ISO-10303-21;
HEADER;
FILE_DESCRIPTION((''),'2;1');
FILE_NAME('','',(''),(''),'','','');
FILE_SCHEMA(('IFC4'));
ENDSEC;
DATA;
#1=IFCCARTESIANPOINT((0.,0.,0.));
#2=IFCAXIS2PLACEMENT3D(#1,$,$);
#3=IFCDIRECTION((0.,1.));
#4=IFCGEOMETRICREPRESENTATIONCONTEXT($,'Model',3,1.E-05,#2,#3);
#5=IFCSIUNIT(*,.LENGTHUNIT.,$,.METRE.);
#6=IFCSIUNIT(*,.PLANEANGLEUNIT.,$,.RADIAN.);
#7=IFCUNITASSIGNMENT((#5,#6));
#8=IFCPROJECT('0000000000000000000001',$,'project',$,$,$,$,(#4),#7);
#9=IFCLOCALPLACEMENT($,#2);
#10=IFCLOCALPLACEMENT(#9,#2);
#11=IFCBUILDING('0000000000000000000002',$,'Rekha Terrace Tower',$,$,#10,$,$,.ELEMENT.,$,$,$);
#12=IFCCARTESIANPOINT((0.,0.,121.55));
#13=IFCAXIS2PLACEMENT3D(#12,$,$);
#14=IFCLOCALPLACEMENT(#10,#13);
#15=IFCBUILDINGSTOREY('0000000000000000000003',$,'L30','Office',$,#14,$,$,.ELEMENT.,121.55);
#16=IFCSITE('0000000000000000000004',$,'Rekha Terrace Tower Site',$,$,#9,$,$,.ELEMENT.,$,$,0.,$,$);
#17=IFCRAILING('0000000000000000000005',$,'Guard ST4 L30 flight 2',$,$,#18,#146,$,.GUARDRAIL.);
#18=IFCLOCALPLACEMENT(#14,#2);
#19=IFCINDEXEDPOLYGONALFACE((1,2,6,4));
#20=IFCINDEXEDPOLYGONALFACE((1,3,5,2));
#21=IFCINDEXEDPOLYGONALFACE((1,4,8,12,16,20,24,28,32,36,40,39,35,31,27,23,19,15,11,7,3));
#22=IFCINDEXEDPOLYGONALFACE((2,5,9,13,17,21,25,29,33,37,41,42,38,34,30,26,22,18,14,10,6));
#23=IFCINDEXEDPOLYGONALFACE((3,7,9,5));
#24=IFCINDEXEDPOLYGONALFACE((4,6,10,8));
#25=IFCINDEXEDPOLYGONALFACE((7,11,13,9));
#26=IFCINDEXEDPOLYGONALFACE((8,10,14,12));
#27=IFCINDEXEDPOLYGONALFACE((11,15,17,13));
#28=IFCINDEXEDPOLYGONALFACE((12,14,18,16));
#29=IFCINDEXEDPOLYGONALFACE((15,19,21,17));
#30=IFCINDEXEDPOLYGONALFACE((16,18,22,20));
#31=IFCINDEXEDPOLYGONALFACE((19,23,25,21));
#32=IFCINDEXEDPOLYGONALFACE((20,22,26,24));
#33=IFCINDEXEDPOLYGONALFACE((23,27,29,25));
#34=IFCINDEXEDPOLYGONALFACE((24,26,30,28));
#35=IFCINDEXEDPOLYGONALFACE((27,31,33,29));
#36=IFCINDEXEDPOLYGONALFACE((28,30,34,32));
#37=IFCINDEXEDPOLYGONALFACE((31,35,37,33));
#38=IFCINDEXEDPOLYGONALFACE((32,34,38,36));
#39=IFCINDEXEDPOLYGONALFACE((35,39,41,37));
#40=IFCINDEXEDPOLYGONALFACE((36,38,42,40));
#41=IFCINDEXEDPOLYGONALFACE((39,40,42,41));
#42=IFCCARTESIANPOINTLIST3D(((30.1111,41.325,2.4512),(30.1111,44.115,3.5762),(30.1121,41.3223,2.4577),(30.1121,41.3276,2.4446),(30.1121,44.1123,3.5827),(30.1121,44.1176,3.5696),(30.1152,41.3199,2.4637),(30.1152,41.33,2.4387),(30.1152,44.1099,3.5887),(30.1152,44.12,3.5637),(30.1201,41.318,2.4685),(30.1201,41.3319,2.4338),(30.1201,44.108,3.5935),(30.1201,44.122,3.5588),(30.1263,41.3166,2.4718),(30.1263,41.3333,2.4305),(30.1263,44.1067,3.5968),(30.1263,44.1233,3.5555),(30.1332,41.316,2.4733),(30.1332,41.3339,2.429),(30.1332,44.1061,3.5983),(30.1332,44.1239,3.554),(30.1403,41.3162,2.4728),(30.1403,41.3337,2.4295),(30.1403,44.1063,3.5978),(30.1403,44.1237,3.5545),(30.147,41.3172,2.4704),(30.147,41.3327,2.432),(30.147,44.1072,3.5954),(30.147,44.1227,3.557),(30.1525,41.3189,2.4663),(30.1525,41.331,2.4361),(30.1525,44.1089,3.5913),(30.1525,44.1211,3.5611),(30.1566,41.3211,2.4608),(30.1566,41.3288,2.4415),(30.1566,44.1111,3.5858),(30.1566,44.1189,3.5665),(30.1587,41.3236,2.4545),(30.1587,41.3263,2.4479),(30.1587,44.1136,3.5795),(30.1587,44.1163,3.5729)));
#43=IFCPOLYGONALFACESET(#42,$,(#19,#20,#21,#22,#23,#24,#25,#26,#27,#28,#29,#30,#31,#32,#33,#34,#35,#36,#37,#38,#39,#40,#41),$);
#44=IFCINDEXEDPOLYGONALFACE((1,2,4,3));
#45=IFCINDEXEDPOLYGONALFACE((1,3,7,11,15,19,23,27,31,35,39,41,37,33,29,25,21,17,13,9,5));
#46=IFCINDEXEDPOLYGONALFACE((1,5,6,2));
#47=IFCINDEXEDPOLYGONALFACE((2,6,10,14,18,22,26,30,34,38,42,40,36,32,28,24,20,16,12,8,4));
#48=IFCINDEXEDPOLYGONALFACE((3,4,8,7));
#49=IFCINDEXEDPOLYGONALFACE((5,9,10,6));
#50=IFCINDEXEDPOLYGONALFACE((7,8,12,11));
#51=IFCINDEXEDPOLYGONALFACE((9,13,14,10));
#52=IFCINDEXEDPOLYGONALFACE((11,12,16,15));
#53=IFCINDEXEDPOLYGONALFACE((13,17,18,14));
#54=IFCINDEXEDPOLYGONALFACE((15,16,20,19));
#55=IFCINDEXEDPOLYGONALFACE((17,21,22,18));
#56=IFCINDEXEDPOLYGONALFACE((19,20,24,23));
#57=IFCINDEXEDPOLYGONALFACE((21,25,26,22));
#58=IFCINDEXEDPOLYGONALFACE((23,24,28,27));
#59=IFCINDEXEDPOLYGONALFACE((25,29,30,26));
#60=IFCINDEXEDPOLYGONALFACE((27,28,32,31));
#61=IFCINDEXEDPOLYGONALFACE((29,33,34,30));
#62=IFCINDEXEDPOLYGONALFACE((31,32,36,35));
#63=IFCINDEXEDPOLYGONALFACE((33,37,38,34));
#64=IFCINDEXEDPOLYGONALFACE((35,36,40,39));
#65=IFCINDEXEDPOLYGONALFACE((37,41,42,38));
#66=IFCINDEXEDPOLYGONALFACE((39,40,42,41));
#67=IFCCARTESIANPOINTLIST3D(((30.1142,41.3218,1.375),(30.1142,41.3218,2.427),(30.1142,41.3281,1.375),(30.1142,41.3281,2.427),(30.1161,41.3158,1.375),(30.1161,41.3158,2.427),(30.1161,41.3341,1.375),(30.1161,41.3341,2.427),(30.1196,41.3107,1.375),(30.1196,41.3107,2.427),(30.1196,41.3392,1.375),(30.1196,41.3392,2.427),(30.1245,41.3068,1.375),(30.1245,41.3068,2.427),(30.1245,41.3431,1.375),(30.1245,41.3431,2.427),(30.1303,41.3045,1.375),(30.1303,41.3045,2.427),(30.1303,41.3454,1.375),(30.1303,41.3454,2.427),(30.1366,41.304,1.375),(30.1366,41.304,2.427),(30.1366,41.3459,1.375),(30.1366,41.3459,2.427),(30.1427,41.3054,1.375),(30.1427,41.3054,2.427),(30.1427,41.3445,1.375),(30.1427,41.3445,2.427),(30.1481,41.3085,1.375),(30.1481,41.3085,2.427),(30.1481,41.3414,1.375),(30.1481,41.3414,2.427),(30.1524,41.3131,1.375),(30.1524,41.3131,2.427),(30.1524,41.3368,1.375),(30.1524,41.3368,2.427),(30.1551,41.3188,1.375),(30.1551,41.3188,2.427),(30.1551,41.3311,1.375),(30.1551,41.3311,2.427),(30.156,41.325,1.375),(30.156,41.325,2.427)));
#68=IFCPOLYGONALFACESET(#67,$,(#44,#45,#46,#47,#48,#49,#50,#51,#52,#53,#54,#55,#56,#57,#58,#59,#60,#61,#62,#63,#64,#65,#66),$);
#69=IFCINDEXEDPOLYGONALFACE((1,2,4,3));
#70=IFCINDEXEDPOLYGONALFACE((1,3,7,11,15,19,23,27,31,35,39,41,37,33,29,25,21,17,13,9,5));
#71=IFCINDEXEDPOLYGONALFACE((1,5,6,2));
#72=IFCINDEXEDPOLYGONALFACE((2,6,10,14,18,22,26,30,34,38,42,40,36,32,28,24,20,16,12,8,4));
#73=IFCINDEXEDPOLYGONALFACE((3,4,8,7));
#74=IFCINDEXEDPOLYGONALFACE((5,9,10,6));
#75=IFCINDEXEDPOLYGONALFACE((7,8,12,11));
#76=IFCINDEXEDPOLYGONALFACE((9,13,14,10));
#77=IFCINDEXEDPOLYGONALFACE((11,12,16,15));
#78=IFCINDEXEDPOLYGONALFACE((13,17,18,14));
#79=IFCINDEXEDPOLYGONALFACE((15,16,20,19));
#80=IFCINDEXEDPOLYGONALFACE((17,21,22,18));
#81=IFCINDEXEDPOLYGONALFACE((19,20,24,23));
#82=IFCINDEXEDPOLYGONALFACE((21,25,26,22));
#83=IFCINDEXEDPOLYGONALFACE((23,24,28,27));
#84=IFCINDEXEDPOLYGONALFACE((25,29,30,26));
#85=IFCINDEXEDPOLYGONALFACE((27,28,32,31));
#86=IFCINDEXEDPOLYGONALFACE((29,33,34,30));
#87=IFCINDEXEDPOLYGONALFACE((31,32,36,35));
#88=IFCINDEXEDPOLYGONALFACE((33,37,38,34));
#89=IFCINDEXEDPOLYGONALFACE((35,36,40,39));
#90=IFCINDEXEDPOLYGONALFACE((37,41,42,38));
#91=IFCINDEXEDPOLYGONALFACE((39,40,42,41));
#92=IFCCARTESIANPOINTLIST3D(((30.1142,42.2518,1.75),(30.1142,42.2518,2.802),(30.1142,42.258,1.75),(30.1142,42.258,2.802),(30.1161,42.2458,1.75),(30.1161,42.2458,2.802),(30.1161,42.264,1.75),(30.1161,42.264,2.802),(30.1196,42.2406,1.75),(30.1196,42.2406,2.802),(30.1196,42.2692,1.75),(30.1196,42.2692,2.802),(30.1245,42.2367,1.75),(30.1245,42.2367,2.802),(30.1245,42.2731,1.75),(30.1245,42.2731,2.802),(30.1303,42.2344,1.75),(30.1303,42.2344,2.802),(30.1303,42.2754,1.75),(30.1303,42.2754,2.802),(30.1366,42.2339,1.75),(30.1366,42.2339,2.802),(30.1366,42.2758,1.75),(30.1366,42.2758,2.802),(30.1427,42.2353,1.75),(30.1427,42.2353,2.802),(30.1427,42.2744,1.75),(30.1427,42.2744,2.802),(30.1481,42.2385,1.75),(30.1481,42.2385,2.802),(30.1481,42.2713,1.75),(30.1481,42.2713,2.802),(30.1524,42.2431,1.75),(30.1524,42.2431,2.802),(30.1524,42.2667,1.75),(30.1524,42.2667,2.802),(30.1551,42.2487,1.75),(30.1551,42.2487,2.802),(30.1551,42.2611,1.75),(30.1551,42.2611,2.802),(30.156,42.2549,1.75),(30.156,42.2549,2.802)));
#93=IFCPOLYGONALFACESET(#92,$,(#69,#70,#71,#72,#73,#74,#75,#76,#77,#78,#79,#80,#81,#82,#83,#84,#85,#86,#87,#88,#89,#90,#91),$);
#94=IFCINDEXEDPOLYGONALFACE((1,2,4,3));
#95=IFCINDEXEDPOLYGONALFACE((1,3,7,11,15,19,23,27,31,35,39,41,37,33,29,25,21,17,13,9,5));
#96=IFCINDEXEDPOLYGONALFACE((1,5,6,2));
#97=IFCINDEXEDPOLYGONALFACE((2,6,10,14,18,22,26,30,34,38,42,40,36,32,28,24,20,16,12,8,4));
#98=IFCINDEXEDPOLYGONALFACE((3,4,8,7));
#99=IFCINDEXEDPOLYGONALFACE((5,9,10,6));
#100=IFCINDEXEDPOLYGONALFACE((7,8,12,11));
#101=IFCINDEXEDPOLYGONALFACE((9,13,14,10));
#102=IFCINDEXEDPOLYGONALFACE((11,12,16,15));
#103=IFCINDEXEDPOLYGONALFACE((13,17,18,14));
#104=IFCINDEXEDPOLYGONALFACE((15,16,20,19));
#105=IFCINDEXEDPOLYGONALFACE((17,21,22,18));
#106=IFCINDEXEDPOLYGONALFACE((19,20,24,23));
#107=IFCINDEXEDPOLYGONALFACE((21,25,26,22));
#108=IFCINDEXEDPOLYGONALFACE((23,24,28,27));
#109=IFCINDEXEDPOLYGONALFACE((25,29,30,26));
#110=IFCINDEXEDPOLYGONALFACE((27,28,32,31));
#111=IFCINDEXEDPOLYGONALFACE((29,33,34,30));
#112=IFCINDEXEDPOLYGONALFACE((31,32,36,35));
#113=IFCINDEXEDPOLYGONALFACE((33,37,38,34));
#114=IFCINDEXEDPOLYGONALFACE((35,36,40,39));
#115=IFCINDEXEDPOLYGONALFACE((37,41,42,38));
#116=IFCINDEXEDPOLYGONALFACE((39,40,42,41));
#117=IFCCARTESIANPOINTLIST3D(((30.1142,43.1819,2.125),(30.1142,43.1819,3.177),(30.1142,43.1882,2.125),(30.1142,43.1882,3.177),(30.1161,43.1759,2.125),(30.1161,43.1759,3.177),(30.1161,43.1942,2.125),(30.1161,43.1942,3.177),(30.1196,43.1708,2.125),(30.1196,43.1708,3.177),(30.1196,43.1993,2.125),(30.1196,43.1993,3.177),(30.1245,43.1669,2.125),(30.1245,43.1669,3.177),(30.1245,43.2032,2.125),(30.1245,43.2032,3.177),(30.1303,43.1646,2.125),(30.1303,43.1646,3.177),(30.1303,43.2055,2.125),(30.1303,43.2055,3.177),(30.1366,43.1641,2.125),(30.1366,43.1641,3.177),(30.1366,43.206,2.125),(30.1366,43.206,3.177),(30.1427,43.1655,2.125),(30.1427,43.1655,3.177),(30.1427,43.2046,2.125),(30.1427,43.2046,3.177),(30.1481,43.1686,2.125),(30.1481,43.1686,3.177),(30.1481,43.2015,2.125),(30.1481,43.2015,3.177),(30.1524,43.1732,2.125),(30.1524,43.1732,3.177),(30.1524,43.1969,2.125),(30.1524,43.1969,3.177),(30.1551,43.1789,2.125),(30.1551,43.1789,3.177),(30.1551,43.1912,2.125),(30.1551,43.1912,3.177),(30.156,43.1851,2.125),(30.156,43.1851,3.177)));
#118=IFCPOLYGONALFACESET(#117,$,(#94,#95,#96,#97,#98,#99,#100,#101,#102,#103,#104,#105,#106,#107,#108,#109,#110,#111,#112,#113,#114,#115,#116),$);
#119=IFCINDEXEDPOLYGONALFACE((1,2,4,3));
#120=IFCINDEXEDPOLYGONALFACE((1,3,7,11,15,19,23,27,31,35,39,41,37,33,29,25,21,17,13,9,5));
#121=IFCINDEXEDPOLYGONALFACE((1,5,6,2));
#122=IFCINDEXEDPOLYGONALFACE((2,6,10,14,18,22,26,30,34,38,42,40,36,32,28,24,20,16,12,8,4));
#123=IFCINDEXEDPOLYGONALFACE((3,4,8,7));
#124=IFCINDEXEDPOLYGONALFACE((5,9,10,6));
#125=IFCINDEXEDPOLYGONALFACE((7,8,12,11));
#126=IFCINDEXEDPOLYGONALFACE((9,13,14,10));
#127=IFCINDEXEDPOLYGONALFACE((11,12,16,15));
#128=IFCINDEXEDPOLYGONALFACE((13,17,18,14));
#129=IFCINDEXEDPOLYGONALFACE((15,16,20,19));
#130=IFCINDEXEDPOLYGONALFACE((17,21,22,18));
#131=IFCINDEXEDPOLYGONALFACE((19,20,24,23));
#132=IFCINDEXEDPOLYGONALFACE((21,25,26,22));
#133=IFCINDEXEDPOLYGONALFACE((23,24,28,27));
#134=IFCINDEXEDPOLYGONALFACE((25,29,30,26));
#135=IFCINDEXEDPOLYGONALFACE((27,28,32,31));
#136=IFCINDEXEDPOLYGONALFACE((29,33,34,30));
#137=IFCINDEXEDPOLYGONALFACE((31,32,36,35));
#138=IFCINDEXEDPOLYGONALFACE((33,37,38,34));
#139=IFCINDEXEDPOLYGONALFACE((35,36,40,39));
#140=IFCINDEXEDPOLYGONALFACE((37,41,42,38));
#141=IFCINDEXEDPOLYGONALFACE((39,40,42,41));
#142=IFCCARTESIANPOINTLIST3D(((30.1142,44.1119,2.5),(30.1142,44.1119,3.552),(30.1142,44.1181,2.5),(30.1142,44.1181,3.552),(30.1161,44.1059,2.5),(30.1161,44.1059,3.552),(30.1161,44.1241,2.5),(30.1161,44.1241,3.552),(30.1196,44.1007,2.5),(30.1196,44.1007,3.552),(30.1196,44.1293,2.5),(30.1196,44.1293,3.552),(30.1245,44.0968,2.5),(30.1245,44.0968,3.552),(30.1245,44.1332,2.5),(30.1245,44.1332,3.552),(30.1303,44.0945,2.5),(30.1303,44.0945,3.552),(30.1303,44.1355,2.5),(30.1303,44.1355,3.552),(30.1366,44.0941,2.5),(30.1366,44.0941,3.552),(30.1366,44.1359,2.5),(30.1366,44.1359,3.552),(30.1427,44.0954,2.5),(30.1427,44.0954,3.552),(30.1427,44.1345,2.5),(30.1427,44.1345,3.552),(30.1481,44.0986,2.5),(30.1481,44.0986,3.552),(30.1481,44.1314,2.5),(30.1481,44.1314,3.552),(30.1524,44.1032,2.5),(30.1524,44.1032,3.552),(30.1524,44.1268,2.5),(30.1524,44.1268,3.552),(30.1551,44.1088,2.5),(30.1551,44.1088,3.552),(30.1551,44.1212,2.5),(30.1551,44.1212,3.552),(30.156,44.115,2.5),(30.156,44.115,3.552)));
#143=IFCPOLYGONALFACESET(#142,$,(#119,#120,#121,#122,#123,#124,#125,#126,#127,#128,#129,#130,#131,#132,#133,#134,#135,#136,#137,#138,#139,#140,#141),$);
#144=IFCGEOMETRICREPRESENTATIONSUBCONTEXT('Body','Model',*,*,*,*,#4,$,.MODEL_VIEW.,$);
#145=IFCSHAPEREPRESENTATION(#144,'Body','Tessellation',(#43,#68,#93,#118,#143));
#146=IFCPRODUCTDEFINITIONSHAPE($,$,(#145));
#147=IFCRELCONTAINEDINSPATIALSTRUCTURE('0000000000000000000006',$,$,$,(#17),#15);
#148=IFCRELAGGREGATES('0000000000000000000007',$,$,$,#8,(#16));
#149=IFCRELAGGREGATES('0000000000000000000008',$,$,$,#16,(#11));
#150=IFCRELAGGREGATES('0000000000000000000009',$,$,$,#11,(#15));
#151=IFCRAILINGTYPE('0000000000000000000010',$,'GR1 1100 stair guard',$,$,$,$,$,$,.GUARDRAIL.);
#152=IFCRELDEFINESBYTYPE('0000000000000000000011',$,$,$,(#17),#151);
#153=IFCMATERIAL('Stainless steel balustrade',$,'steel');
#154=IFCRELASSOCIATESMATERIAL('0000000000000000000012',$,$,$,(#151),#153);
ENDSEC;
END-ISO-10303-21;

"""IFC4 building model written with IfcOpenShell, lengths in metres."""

from ifc_helpers import new_model, si_unit, direction, frame, origin, origin_2d, place, context, subcontext, project, spatial, circle, extrude, material, type_object, element, save


model = new_model("IFC4")

# Units and contexts
model_context = context("Model", 3, precision=1e-05, world=origin(), true_north=direction((0.0, 1.0)))
body_context = subcontext(model_context, "Body", "Model", "MODEL_VIEW")
ifc_project = project(units=[si_unit("LENGTHUNIT", "METRE"), si_unit("PLANEANGLEUNIT", "RADIAN")], contexts=[model_context])

# Site, building, storey
site_placement = place(None, origin())
site = spatial("IfcSite", under=ifc_project, at=site_placement, Name="Rekha Terrace Tower Site", CompositionType="ELEMENT", RefElevation=0.0)
building_placement = place(site_placement, origin())
building = spatial("IfcBuilding", under=site, at=building_placement, Name="Rekha Terrace Tower", CompositionType="ELEMENT")
storey_placement = place(building_placement, frame((0.0, 0.0, 121.55)))
storey = spatial("IfcBuildingStorey", under=building, at=storey_placement, Name="L30", Description="Office", CompositionType="ELEMENT", Elevation=121.55)

# Railing
ifc_material_1 = material(Name="Stainless steel balustrade", Category="steel")
railing_type_1 = type_object("IfcRailingType", Name="GR1 1100 stair guard", PredefinedType="GUARDRAIL", material=ifc_material_1)
railing_1_placement = place(storey_placement, frame((30.135, 41.325, 1.375)))
element("IfcRailing", 1, at=railing_1_placement, inside=storey, type_object=railing_type_1, Name="Guard ST4 L30 flight 2", PredefinedType="GUARDRAIL", context=body_context, shape_type="SweptSolid", body=[
    extrude(circle(Radius=0.0239, at=origin_2d()), frame((0.0, 0.0, 1.0762), z_axis=(0.0, 0.927443, 0.373964), x_axis=(-1.0, 0.0, 0.0)), (0.0, 0.0, 1.0), 3.0083),
    extrude(circle(Radius=0.021, at=origin_2d()), origin(), (0.0, 0.0, 1.0), 1.052),
    extrude(circle(Radius=0.021, at=origin_2d()), frame((0.0, 0.9299, 0.375)), (0.0, 0.0, 1.0), 1.052),
    extrude(circle(Radius=0.021, at=origin_2d()), frame((0.0, 1.8601, 0.75)), (0.0, 0.0, 1.0), 1.052),
    extrude(circle(Radius=0.021, at=origin_2d()), frame((0.0, 2.79, 1.125)), (0.0, 0.0, 1.0), 1.052),
])

save(model, "model.ifc")
